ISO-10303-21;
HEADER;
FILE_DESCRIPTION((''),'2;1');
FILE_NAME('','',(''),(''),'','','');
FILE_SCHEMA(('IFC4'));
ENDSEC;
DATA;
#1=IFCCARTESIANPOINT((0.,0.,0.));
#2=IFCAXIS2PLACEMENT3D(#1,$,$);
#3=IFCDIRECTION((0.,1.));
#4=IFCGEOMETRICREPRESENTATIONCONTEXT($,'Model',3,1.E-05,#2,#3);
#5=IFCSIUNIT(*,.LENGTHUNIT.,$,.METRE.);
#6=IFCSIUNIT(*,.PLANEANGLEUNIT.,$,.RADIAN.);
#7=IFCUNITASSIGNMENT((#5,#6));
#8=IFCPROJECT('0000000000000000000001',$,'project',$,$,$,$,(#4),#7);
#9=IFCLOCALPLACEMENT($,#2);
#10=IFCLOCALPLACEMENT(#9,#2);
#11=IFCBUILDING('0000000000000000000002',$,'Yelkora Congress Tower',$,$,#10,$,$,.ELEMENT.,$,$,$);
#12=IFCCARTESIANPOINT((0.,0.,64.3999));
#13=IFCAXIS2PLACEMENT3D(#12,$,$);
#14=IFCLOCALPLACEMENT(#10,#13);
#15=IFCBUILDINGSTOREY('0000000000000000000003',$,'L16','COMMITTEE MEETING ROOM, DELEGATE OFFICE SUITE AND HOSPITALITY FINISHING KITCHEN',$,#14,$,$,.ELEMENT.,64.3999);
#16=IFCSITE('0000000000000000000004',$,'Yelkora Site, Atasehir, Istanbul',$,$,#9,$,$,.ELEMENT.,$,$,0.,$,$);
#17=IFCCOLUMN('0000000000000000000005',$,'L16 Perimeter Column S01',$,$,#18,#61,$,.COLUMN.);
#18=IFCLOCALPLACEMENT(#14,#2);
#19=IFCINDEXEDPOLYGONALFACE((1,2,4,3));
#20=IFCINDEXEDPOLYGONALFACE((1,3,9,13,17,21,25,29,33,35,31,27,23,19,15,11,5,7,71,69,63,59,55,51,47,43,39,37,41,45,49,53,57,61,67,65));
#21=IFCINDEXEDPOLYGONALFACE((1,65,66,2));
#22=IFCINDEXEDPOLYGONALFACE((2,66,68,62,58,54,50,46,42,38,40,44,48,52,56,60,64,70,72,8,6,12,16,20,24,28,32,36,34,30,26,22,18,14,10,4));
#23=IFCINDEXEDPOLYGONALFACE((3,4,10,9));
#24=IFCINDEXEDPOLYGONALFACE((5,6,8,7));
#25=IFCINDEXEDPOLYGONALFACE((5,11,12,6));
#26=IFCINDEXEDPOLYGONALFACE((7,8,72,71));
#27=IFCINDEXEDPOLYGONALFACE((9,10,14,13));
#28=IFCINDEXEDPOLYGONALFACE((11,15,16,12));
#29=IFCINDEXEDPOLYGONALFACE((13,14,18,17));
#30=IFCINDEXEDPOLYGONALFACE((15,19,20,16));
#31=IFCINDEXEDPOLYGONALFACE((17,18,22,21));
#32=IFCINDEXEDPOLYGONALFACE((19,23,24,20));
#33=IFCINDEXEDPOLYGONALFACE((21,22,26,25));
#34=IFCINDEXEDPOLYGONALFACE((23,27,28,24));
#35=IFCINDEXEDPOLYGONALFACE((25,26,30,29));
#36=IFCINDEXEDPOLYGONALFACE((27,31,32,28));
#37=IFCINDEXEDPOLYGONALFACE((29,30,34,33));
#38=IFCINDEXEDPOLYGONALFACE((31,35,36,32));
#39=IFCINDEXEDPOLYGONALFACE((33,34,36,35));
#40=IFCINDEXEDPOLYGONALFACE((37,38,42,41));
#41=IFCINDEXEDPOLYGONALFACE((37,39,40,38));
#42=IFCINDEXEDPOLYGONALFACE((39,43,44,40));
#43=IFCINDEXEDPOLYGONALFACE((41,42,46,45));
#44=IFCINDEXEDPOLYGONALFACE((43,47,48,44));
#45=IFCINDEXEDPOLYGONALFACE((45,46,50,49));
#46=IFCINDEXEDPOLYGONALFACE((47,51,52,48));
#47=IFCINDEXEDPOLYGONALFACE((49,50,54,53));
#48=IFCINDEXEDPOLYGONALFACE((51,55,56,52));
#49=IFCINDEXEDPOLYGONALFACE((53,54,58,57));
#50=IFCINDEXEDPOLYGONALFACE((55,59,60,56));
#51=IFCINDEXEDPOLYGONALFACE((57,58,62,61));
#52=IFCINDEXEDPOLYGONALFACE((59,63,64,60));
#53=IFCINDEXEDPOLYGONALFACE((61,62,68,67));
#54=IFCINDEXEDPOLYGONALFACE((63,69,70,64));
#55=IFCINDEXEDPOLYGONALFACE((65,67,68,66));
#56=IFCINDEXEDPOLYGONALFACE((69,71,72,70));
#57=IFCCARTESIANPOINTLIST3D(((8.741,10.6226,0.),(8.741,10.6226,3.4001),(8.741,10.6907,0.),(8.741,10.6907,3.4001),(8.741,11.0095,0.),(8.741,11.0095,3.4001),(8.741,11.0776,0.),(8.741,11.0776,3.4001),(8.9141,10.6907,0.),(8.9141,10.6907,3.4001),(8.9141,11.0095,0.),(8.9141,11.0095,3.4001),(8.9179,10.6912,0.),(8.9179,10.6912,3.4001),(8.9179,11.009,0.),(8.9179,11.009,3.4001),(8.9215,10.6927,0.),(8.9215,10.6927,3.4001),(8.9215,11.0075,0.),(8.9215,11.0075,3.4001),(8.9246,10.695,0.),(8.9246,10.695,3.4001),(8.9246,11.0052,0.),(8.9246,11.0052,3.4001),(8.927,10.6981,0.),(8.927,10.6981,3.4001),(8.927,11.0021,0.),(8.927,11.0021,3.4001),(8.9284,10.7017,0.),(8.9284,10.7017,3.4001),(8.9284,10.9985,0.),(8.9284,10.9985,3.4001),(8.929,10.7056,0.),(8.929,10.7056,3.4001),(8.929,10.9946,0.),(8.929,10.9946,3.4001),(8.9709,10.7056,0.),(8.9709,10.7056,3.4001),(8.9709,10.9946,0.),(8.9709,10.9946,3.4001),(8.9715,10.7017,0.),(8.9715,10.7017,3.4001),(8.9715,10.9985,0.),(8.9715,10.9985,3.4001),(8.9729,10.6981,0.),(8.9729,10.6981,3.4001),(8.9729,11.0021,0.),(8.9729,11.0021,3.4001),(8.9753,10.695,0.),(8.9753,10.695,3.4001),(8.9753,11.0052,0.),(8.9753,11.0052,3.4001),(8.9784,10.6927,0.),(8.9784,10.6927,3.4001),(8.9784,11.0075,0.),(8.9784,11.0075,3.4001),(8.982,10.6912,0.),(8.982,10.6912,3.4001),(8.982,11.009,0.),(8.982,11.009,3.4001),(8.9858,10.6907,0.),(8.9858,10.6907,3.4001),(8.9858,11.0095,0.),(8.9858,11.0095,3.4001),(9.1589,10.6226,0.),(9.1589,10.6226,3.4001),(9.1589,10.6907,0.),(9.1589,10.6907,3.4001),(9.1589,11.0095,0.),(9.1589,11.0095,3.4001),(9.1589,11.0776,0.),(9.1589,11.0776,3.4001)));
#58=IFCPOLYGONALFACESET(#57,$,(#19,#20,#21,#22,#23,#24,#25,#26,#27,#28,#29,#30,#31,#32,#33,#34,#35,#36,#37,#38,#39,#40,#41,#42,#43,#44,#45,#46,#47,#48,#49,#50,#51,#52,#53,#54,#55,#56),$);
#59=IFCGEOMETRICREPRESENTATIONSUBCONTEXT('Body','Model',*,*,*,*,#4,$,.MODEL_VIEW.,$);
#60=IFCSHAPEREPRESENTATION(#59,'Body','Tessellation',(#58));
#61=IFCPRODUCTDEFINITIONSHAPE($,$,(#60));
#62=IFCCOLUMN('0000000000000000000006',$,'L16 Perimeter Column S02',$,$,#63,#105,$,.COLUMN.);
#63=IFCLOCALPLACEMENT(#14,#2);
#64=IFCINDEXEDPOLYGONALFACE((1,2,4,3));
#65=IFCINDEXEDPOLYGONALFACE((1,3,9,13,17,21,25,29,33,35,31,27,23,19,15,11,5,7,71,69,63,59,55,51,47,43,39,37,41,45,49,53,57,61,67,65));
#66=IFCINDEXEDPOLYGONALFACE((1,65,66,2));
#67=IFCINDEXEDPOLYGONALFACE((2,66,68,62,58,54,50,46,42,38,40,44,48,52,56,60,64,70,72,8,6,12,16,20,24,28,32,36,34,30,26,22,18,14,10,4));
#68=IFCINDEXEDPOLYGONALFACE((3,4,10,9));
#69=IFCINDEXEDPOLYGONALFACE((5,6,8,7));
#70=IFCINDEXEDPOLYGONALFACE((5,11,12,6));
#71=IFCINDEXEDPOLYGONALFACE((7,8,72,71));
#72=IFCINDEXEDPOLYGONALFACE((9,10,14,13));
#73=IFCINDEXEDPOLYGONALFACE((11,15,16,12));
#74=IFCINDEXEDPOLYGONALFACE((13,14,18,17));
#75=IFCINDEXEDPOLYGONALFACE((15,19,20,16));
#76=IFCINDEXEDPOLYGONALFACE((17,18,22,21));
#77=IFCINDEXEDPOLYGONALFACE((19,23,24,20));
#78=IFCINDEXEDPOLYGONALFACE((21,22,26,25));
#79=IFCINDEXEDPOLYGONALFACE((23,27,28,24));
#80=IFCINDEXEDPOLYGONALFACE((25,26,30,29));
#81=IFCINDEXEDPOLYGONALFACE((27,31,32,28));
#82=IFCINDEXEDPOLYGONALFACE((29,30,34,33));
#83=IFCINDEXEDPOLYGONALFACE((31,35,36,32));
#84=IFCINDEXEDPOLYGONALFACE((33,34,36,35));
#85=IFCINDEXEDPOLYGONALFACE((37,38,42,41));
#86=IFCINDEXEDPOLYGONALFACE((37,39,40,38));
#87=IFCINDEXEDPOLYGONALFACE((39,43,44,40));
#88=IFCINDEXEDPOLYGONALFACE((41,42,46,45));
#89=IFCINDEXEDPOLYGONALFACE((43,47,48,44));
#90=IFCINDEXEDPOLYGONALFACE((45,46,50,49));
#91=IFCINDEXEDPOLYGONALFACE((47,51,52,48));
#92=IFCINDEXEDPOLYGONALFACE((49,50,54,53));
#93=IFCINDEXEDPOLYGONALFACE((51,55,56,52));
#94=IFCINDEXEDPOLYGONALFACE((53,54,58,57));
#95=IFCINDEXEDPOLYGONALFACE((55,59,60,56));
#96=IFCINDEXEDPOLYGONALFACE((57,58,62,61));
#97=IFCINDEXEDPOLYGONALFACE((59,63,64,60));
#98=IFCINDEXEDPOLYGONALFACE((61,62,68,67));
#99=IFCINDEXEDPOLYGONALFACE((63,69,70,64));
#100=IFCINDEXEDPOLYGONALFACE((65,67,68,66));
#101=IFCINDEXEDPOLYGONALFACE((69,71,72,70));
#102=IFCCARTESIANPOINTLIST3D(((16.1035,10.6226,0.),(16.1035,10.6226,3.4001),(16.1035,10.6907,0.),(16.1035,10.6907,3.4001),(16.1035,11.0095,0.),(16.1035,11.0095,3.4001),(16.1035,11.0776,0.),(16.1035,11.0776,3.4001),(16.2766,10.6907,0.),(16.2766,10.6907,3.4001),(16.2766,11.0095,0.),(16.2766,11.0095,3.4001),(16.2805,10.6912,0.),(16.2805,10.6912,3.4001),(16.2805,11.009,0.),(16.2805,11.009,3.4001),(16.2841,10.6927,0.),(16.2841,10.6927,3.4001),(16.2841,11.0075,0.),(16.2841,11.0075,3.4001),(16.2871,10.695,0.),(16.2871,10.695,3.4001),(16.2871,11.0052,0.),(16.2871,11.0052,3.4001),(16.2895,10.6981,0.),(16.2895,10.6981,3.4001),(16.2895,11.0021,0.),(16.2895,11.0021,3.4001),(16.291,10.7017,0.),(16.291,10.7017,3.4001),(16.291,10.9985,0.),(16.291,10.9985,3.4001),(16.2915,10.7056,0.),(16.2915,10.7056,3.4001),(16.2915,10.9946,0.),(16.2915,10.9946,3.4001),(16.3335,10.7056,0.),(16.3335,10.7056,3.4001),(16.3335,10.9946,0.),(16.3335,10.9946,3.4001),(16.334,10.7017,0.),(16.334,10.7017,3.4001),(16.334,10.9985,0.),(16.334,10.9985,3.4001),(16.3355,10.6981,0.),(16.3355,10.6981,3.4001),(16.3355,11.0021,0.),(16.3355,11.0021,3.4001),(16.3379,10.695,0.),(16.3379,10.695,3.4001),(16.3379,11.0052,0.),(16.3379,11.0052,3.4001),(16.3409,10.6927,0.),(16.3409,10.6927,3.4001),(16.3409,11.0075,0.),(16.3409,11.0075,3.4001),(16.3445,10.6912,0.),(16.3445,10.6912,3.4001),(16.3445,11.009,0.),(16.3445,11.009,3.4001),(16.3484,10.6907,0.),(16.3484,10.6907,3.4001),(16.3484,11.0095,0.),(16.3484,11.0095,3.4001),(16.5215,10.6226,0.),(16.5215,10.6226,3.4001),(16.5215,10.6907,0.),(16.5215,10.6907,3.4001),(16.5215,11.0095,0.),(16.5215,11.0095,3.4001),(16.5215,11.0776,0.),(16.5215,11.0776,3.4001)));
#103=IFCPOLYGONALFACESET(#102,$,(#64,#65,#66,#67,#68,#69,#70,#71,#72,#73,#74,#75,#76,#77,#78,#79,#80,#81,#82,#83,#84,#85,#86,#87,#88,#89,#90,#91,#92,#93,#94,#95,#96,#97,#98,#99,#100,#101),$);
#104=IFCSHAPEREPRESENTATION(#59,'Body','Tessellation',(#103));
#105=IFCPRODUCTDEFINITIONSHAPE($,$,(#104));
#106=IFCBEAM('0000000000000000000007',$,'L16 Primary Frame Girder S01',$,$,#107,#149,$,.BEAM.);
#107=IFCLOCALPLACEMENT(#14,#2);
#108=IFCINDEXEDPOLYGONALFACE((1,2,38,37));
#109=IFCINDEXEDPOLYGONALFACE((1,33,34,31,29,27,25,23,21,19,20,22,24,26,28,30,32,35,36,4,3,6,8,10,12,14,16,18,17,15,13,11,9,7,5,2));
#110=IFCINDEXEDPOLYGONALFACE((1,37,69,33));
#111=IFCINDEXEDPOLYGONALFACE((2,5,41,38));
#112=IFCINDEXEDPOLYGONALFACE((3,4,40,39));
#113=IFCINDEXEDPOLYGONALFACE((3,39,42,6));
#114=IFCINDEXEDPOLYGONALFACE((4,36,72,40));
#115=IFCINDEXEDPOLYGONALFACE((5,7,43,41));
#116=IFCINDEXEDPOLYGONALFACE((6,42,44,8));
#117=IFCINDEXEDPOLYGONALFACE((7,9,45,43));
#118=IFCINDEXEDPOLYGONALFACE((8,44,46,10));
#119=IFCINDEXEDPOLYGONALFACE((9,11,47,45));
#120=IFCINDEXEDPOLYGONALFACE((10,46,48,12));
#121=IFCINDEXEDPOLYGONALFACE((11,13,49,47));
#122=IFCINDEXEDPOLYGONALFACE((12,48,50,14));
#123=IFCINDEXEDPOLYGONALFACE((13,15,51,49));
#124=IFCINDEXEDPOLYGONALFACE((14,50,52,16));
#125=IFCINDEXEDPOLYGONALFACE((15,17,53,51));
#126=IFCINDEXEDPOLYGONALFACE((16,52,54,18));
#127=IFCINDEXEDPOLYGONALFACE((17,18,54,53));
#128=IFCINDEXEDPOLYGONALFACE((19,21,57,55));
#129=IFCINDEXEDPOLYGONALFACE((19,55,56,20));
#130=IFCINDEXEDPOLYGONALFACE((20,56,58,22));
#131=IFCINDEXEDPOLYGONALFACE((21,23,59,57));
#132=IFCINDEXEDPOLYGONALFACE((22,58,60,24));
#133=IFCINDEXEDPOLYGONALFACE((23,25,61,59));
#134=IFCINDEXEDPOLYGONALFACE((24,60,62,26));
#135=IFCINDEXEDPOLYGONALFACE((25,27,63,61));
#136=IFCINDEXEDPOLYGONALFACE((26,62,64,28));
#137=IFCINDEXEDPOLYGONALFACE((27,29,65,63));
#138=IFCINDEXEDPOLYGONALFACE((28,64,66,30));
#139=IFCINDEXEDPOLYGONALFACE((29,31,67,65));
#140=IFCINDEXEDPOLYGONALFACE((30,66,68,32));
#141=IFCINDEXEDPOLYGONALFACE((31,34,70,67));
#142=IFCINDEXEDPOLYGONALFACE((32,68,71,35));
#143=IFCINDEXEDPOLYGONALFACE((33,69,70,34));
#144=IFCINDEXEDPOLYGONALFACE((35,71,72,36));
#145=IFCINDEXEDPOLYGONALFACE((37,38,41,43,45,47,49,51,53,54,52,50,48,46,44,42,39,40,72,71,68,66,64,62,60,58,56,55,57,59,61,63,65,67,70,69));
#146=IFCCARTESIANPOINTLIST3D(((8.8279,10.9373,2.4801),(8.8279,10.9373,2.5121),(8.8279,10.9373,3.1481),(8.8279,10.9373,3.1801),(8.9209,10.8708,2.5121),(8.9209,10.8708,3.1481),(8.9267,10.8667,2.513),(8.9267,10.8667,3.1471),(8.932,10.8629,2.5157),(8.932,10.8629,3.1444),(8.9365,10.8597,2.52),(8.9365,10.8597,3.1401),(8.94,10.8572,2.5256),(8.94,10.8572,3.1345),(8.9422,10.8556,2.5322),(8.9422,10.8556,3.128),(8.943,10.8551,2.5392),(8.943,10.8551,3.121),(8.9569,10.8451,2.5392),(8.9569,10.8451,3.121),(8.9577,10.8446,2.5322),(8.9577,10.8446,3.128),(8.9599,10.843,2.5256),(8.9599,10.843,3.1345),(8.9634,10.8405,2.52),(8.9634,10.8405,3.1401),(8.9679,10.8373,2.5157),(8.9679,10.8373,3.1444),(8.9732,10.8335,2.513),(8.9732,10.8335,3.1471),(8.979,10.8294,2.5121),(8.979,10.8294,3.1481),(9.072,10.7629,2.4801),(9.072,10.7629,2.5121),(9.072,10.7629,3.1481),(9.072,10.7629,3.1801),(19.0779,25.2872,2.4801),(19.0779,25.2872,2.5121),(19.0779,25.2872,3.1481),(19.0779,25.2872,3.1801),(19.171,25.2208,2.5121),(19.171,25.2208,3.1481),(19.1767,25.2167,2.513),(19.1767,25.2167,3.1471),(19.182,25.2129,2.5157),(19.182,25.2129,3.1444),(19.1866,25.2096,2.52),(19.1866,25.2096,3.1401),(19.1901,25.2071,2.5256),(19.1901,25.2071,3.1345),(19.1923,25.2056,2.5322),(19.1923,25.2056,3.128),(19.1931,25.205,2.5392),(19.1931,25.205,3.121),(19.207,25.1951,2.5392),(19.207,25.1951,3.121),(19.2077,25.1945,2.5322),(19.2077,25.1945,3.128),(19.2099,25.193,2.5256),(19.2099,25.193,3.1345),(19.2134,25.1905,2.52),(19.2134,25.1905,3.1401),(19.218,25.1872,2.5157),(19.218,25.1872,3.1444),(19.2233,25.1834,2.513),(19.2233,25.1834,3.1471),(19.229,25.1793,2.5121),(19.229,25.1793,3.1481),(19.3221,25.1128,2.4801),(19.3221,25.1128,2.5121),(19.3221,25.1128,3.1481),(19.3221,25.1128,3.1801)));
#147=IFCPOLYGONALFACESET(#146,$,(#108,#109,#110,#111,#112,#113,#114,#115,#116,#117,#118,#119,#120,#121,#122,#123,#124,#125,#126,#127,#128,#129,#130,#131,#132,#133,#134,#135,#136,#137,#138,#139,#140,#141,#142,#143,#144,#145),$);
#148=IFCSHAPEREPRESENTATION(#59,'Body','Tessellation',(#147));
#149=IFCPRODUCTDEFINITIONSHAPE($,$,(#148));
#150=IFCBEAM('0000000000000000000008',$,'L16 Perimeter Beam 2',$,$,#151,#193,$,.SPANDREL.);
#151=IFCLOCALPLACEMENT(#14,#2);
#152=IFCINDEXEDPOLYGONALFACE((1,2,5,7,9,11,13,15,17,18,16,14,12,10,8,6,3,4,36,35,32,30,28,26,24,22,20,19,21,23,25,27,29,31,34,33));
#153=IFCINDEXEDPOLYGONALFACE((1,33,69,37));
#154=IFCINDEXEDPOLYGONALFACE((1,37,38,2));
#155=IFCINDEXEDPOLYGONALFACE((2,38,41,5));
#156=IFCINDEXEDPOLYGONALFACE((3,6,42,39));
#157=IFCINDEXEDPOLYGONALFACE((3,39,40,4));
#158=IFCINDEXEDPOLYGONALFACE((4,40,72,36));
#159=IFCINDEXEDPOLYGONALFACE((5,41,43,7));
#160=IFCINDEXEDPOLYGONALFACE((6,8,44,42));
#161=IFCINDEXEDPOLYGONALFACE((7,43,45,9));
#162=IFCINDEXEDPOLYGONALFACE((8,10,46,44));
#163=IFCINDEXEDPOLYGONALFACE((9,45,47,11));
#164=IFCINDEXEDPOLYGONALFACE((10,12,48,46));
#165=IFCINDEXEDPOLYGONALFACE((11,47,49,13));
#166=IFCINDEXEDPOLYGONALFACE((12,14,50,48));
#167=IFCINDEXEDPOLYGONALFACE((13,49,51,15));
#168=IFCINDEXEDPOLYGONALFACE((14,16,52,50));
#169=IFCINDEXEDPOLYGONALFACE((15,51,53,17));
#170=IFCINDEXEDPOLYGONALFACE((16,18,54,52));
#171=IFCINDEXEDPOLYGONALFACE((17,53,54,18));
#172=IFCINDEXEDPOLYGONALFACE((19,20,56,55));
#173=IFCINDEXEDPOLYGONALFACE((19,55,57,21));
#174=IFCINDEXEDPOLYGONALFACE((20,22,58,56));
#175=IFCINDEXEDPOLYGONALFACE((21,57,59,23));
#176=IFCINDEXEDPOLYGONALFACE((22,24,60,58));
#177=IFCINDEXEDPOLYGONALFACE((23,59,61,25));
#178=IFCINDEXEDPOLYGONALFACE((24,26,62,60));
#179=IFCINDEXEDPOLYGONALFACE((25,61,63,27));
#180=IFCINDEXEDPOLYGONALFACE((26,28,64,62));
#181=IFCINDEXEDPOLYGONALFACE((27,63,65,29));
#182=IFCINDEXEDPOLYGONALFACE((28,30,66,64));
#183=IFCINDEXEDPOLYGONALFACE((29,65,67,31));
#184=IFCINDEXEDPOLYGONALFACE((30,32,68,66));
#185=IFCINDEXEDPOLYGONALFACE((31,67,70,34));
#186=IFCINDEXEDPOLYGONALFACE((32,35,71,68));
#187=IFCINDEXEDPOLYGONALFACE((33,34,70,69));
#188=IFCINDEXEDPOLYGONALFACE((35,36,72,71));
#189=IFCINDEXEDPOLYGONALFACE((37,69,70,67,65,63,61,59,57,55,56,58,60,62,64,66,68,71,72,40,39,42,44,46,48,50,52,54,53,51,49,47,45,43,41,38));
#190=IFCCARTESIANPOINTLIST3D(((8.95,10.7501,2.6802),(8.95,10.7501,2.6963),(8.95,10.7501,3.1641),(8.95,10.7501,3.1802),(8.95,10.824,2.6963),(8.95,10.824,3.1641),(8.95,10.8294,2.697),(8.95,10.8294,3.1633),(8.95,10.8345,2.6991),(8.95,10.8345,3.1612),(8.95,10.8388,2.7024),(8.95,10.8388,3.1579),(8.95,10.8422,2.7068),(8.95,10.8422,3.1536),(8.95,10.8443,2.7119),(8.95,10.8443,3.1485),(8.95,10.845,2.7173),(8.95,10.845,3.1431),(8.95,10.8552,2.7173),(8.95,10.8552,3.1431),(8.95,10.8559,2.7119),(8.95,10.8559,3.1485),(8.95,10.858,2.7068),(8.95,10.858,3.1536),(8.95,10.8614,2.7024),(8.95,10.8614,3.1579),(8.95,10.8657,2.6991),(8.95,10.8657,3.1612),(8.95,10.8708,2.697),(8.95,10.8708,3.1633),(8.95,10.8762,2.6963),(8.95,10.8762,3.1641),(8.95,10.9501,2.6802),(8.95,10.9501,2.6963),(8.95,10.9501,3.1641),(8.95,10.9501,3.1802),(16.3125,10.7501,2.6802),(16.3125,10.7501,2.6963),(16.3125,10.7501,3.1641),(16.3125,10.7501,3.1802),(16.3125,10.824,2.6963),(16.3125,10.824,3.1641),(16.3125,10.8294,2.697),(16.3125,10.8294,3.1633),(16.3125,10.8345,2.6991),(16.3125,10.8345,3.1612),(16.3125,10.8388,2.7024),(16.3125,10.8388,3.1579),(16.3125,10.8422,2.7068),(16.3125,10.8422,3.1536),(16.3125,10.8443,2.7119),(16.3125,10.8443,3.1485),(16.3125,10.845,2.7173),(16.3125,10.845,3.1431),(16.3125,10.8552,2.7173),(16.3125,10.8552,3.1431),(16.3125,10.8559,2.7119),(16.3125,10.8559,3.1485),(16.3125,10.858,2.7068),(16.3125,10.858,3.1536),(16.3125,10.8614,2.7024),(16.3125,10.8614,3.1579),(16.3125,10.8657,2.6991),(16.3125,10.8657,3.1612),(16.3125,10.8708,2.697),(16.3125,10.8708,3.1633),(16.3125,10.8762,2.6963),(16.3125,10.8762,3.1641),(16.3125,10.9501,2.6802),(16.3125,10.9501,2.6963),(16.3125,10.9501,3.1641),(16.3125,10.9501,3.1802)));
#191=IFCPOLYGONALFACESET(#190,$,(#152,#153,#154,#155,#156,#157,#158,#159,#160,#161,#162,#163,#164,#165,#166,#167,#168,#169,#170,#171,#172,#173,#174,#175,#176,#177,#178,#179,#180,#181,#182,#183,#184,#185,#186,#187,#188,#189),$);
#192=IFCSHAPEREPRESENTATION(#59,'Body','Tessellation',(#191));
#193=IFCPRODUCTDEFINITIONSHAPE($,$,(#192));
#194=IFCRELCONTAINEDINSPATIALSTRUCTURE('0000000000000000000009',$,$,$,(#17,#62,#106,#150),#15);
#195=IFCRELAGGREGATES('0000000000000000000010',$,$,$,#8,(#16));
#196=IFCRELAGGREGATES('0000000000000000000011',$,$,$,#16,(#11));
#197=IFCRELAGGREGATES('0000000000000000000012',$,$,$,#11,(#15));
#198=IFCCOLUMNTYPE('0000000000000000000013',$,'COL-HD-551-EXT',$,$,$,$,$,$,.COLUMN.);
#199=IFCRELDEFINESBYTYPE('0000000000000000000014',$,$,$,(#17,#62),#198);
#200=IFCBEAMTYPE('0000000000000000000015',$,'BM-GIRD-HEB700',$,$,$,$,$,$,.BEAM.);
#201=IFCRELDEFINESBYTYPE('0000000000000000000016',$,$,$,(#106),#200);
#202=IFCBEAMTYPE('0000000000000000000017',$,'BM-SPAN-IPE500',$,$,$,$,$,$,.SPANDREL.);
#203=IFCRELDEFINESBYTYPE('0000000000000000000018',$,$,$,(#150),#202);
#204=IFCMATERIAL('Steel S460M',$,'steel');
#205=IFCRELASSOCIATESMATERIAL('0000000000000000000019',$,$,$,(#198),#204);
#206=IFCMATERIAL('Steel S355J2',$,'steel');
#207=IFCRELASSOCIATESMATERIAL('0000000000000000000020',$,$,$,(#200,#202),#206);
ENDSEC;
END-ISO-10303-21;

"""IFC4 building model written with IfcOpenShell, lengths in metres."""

from ifc_helpers import new_model, si_unit, direction, frame, origin, origin_2d, place, context, subcontext, project, spatial, i_section, extrude, material, material_profile, profile_set, type_object, element, save


model = new_model("IFC4")

# Units and contexts
model_context = context("Model", 3, precision=1e-05, world=origin(), true_north=direction((0.0, 1.0)))
body_context = subcontext(model_context, "Body", "Model", "MODEL_VIEW")
ifc_project = project(units=[si_unit("LENGTHUNIT", "METRE"), si_unit("PLANEANGLEUNIT", "RADIAN")], contexts=[model_context])

# Site, building, storey
site_placement = place(None, origin())
site = spatial("IfcSite", under=ifc_project, at=site_placement, Name="Yelkora Site, Atasehir, Istanbul", CompositionType="ELEMENT", RefElevation=0.0)
building_placement = place(site_placement, origin())
building = spatial("IfcBuilding", under=site, at=building_placement, Name="Yelkora Congress Tower", CompositionType="ELEMENT")
storey_placement = place(building_placement, frame((0.0, 0.0, 64.3999)))
storey = spatial("IfcBuildingStorey", under=building, at=storey_placement, Name="L16", Description="COMMITTEE MEETING ROOM, DELEGATE OFFICE SUITE AND HOSPITALITY FINISHING KITCHEN", CompositionType="ELEMENT", Elevation=64.3999)

# Columns
ifc_material_1 = material(Name="Steel S460M", Category="steel")
ifc_material_profile_1 = material_profile(ifc_material_1, i_section(OverallWidth=0.418, OverallDepth=0.4551, WebThickness=0.042, FlangeThickness=0.0681, FilletRadius=0.0149, at=origin_2d()), Name="HD 400x551")
ifc_profile_set_1 = profile_set([ifc_material_profile_1], Name="Steel S460M")
column_type = type_object("IfcColumnType", Name="COL-HD-551-EXT", PredefinedType="COLUMN", material=ifc_profile_set_1)
for number, where, z_axis, x_axis, name in (
    (1, (8.95, 10.8501, 0.0), (0.0, 0.0, 1.0), (1.0, 0.0, 0.0), "L16 Perimeter Column S01"),
    (2, (16.3125, 10.8501, 0.0), (0.0, 0.0, 1.0), (1.0, 0.0, 0.0), "L16 Perimeter Column S02"),
):
    element("IfcColumn", number, at=place(storey_placement, frame(where, z_axis=z_axis, x_axis=x_axis)), inside=storey, type_object=column_type, Name=name, PredefinedType="COLUMN", context=body_context, shape_type="SweptSolid", body=[
        extrude(i_section(OverallWidth=0.418, OverallDepth=0.4551, WebThickness=0.042, FlangeThickness=0.0681, FilletRadius=0.0149, at=origin_2d()), origin(), (0.0, 0.0, 1.0), 3.4001),
    ])

# Beams
ifc_material_2 = material(Name="Steel S355J2", Category="steel")
ifc_material_profile_2 = material_profile(ifc_material_2, i_section(OverallWidth=0.3, OverallDepth=0.7, WebThickness=0.0171, FlangeThickness=0.032, FilletRadius=0.0271, at=origin_2d()), Name="HEB 700")
ifc_profile_set_2 = profile_set([ifc_material_profile_2], Name="Steel S355J2")
beam_type_1 = type_object("IfcBeamType", Name="BM-GIRD-HEB700", PredefinedType="BEAM", material=ifc_profile_set_2)
beam_1_placement = place(storey_placement, frame((8.95, 10.8501, 2.8301), z_axis=(0.581242, 0.813731, 0.0), x_axis=(-0.813731, 0.581242, 0.0)))
element("IfcBeam", 3, at=beam_1_placement, inside=storey, type_object=beam_type_1, Name="L16 Primary Frame Girder S01", PredefinedType="BEAM", context=body_context, shape_type="SweptSolid", body=[
    extrude(i_section(OverallWidth=0.3, OverallDepth=0.7, WebThickness=0.0171, FlangeThickness=0.032, FilletRadius=0.0271, at=origin_2d()), origin(), (0.0, 0.0, 1.0), 17.6348),
])
ifc_material_profile_3 = material_profile(ifc_material_2, i_section(OverallWidth=0.2, OverallDepth=0.5, WebThickness=0.0103, FlangeThickness=0.0161, FilletRadius=0.021, at=origin_2d()), Name="IPE 500")
ifc_profile_set_3 = profile_set([ifc_material_profile_3], Name="Steel S355J2")
beam_type_2 = type_object("IfcBeamType", Name="BM-SPAN-IPE500", PredefinedType="SPANDREL", material=ifc_profile_set_3)
beam_2_placement = place(storey_placement, frame((8.95, 10.8501, 2.9302), z_axis=(1.0, 0.0, 0.0), x_axis=(0.0, 1.0, 0.0)))
element("IfcBeam", 4, at=beam_2_placement, inside=storey, type_object=beam_type_2, Name="L16 Perimeter Beam 2", PredefinedType="SPANDREL", context=body_context, shape_type="SweptSolid", body=[
    extrude(i_section(OverallWidth=0.2, OverallDepth=0.5, WebThickness=0.0103, FlangeThickness=0.0161, FilletRadius=0.021, at=origin_2d()), origin(), (0.0, 0.0, 1.0), 7.3625),
])

save(model, "model.ifc")
